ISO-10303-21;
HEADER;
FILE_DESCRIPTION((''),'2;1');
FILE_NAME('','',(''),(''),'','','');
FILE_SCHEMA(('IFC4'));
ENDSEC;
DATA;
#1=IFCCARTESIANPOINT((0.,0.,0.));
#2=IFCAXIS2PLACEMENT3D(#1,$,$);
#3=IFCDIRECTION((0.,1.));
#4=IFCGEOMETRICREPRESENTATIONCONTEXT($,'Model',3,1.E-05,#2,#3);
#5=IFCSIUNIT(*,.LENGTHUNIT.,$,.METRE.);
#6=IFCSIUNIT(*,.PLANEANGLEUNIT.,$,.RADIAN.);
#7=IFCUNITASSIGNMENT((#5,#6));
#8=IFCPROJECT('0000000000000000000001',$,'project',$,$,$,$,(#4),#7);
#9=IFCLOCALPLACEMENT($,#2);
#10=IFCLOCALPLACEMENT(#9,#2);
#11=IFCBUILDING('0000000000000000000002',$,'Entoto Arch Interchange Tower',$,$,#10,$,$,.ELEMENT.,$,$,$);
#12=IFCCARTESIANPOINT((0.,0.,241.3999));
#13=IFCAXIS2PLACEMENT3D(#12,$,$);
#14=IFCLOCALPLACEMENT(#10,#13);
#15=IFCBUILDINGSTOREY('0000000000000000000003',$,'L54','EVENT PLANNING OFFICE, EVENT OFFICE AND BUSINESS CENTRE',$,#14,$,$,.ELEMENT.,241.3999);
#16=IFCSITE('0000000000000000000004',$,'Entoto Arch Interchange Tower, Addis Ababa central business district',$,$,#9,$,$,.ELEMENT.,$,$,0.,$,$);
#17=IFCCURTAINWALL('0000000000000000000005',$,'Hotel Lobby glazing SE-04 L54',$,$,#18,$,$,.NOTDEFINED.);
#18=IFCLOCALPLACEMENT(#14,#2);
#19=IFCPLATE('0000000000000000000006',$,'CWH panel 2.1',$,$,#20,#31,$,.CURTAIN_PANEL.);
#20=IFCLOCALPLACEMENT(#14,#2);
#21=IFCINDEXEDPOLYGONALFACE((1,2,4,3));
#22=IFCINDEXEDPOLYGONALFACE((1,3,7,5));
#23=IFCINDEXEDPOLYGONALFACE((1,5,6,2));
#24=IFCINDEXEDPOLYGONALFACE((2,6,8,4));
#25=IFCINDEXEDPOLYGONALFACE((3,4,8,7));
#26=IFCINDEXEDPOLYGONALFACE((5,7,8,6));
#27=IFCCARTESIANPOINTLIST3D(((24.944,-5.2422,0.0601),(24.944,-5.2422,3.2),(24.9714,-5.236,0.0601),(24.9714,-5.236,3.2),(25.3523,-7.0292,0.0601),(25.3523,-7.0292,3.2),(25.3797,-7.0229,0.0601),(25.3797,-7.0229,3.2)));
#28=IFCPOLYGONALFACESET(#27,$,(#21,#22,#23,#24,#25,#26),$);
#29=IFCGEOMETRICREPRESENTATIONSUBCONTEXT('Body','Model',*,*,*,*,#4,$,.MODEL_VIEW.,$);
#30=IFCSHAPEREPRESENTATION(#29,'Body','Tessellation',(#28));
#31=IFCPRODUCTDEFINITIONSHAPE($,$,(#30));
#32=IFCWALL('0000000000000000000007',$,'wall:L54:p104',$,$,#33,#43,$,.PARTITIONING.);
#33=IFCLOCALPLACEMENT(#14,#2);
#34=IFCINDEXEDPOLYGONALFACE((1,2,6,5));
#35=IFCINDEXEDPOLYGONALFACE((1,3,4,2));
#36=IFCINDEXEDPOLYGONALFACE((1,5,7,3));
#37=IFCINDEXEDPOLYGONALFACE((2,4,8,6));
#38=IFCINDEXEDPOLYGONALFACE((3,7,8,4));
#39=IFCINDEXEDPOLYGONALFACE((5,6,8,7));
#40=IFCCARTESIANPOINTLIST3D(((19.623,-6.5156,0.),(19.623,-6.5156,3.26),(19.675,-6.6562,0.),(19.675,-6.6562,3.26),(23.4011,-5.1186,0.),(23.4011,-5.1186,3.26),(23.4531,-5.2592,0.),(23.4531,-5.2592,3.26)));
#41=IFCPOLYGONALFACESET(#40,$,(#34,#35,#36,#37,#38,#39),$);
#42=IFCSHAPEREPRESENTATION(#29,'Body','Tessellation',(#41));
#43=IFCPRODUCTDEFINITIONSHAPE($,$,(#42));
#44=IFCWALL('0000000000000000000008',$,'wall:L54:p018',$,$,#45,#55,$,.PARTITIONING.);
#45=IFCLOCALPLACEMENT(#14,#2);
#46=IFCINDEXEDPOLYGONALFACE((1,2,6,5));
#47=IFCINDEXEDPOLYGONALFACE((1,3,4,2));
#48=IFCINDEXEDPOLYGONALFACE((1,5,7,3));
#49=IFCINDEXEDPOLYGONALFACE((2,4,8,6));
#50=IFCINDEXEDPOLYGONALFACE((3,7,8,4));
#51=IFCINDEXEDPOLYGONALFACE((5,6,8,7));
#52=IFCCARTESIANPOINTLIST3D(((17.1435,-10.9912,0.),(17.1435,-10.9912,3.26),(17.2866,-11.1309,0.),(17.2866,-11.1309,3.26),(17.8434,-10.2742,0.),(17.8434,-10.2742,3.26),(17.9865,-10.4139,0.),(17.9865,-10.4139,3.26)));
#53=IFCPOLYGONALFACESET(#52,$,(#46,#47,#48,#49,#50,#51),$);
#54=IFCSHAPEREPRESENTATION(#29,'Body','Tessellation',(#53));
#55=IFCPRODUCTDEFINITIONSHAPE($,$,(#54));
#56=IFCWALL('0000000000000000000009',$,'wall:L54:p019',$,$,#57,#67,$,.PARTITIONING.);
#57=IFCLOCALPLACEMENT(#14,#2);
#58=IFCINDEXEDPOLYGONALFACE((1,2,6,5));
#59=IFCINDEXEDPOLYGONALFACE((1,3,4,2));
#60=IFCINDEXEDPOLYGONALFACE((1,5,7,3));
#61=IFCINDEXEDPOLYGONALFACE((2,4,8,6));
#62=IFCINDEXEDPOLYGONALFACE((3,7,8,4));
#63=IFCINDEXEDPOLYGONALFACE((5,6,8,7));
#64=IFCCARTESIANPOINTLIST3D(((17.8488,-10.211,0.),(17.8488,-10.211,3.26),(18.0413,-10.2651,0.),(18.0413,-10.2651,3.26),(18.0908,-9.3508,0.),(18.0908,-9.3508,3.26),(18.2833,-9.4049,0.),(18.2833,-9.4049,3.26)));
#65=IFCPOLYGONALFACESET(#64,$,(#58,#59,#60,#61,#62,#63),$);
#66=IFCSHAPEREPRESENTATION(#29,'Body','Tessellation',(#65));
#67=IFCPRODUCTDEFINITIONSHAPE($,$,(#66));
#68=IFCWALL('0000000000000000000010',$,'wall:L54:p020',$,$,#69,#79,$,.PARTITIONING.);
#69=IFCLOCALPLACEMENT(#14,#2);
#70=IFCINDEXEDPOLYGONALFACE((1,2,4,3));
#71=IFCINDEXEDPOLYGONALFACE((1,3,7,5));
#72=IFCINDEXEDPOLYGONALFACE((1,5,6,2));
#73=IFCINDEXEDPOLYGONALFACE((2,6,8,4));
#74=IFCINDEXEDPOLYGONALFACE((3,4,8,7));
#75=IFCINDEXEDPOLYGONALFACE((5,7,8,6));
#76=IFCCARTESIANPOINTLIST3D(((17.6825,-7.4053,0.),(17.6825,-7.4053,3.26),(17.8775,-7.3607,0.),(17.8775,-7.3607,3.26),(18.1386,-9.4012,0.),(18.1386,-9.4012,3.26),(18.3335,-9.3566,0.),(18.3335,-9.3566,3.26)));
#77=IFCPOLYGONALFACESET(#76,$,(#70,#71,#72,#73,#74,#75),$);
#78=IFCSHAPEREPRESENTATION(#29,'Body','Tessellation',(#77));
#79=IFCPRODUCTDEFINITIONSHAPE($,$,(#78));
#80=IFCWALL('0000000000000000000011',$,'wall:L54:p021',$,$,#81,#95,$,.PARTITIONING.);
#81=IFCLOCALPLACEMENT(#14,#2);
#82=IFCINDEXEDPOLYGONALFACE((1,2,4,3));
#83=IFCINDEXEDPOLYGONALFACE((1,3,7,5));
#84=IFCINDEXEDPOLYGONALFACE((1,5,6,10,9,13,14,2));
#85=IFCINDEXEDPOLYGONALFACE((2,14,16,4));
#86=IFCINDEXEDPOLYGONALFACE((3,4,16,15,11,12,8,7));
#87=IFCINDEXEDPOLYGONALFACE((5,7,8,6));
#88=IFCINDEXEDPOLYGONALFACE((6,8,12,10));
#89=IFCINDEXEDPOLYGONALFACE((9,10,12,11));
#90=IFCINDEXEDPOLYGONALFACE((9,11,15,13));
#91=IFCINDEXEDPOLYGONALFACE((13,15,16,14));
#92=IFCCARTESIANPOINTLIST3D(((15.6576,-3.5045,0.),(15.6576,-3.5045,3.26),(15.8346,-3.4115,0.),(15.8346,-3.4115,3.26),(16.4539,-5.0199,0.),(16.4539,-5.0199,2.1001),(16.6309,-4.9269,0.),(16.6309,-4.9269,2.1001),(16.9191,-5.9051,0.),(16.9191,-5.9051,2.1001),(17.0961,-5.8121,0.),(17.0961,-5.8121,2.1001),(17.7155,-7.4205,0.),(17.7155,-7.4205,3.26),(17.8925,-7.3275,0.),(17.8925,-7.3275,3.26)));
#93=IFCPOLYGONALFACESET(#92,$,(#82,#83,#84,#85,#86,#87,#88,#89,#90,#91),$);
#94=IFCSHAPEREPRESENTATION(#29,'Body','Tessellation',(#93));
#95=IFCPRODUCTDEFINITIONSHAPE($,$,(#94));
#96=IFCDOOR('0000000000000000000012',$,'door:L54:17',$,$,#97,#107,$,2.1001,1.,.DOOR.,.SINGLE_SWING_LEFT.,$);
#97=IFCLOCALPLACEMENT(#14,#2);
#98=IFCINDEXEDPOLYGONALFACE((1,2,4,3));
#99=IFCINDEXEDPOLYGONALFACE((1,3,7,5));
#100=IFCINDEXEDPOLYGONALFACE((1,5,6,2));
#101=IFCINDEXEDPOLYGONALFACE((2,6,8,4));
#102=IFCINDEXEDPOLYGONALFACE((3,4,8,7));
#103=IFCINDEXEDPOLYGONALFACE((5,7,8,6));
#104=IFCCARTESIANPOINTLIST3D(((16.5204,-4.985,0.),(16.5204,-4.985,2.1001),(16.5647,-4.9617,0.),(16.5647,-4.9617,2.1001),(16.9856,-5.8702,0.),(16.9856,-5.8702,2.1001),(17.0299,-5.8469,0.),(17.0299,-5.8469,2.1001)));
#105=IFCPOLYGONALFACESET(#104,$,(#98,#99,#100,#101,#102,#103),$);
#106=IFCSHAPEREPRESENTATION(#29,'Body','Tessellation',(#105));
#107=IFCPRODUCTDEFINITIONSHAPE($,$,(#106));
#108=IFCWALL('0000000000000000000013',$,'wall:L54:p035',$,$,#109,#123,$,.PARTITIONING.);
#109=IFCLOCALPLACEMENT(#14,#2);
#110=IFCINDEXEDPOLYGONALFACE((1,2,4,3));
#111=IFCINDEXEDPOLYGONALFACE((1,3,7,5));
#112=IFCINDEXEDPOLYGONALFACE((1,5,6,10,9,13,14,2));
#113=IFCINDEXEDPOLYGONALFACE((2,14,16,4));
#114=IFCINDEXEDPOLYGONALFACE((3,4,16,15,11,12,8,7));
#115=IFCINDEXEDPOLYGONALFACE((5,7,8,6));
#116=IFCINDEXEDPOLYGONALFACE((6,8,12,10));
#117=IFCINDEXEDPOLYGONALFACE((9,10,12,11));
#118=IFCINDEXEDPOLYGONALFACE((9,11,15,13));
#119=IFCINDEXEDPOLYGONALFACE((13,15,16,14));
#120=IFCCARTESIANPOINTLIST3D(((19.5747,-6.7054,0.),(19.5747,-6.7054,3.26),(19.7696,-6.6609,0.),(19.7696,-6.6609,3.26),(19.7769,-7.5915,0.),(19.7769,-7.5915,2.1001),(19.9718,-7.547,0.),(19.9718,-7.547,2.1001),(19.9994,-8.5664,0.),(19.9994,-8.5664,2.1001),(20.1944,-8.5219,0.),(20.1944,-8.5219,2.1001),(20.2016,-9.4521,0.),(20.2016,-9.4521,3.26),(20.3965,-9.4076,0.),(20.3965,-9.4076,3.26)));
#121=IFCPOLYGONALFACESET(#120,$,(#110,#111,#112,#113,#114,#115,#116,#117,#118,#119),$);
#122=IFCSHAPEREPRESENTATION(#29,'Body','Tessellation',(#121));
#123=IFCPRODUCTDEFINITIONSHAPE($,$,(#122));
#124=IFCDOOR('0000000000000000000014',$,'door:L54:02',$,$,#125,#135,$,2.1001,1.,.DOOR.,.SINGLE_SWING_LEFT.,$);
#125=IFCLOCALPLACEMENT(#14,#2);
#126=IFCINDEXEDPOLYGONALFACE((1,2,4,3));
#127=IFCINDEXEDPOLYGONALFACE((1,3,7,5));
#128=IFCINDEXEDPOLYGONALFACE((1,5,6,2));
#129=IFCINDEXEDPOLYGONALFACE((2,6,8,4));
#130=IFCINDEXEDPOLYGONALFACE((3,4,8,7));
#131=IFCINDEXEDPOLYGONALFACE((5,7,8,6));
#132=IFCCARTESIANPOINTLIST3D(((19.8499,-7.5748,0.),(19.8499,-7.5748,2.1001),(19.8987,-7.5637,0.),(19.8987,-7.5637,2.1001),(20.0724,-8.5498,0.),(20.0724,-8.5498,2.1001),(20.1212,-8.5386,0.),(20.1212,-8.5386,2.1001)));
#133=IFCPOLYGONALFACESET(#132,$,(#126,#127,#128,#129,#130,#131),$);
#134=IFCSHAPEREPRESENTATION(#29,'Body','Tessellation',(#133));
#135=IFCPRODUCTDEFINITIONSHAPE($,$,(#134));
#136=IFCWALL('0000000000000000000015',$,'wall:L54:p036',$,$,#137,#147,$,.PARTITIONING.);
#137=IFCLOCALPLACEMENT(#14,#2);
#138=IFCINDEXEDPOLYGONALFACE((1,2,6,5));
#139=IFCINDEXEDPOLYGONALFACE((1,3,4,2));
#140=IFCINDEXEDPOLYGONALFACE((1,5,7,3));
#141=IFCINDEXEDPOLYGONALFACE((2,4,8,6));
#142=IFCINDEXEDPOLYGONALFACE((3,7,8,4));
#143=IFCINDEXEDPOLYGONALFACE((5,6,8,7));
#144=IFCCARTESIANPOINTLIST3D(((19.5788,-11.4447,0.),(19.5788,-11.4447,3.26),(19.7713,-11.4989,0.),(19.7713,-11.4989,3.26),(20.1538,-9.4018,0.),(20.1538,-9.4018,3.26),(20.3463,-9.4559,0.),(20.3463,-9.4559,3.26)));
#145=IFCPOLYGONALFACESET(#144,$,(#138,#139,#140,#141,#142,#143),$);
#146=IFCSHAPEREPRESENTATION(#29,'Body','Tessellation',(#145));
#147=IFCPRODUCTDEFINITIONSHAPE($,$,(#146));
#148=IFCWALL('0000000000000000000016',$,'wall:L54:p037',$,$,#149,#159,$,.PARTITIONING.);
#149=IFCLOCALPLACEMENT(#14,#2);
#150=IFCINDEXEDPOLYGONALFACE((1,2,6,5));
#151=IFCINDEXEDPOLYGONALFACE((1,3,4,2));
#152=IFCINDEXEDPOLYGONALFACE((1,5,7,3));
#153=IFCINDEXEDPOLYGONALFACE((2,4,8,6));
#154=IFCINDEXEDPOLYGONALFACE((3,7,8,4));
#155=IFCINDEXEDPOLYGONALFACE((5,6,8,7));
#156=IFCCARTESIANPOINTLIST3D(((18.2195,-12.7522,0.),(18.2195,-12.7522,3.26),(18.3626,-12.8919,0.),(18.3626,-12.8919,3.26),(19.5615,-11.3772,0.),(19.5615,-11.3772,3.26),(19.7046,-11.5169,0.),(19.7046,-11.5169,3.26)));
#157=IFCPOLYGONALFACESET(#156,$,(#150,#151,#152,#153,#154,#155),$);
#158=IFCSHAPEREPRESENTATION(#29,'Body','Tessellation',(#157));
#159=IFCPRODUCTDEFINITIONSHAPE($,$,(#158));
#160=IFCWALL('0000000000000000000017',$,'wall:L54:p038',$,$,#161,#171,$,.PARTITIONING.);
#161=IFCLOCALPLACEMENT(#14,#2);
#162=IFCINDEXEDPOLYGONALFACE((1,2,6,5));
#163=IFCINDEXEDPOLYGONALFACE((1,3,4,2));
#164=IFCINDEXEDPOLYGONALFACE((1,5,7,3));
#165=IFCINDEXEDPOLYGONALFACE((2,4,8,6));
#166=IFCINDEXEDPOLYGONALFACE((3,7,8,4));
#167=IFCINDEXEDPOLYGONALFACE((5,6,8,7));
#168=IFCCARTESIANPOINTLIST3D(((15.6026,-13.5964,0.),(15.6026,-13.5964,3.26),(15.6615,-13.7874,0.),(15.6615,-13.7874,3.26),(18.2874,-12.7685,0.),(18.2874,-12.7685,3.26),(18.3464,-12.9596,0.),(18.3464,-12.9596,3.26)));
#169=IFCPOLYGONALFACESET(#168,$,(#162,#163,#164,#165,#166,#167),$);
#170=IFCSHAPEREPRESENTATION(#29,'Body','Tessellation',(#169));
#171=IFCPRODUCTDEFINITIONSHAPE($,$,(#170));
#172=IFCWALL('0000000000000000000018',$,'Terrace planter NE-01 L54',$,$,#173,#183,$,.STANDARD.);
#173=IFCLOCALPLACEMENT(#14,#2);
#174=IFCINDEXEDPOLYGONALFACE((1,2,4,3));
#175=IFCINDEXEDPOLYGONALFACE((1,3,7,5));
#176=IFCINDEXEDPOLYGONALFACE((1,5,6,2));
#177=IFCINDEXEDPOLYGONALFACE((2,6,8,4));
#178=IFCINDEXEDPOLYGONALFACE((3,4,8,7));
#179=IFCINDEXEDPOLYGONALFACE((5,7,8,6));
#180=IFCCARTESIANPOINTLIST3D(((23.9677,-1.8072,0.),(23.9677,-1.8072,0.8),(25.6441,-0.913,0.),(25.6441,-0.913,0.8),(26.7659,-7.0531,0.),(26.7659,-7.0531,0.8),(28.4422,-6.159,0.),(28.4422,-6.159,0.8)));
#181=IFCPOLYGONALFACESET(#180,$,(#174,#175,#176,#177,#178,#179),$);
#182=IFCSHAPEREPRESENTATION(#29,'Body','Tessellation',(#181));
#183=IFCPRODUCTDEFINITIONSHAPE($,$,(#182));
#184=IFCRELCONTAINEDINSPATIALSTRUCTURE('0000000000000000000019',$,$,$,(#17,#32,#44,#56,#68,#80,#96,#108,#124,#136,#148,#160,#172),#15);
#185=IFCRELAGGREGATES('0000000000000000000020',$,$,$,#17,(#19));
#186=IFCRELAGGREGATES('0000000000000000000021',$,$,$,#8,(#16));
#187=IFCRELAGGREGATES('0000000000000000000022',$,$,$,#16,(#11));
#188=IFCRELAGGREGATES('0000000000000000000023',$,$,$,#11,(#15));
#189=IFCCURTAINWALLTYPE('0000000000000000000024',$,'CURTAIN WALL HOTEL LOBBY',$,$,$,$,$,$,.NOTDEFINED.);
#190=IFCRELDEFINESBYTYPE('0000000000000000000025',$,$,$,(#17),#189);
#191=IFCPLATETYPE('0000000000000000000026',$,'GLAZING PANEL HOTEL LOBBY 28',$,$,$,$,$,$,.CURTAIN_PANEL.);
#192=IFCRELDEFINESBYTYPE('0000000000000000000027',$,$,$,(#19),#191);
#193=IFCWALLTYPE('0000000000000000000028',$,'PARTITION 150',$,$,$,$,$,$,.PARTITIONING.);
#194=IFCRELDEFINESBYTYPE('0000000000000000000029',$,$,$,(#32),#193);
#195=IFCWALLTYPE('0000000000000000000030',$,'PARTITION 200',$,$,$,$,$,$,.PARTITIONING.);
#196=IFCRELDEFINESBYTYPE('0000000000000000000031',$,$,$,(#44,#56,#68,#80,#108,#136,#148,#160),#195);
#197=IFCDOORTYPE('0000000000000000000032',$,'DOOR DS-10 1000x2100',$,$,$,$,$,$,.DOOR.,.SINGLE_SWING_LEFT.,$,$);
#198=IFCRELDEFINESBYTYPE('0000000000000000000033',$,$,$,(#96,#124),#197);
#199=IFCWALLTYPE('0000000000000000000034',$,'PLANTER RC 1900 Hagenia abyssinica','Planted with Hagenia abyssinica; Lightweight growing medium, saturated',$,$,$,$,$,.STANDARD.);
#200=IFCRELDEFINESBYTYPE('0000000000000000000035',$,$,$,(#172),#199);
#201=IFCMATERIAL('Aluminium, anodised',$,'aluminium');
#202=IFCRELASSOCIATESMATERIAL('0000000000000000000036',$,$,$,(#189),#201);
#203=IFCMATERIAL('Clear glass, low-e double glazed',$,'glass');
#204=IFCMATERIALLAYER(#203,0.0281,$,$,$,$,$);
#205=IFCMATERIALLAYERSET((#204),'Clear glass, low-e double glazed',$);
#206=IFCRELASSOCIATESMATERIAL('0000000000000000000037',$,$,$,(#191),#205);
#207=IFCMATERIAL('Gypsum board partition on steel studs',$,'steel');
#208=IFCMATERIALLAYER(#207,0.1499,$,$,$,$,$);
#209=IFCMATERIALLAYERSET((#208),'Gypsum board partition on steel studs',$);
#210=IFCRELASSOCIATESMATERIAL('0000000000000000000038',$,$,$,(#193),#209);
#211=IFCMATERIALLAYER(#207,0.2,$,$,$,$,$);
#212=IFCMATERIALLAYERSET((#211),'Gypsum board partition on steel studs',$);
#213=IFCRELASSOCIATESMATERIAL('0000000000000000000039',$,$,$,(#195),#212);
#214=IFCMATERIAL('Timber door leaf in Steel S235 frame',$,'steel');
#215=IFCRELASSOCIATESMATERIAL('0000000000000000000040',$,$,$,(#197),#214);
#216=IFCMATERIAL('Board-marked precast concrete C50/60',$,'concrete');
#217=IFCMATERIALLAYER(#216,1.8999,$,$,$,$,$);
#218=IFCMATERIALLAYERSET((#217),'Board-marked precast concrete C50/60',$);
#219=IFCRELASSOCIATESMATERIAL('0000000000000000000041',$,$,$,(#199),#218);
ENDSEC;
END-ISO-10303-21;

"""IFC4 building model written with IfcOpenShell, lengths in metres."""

from ifc_helpers import new_model, si_unit, direction, frame, frame_2d, origin, origin_2d, place, context, subcontext, project, spatial, rectangle, extrude, material, layer, layer_set, type_object, element, fill, aggregate, save


model = new_model("IFC4")

# Units and contexts
model_context = context("Model", 3, precision=1e-05, world=origin(), true_north=direction((0.0, 1.0)))
body_context = subcontext(model_context, "Body", "Model", "MODEL_VIEW")
ifc_project = project(units=[si_unit("LENGTHUNIT", "METRE"), si_unit("PLANEANGLEUNIT", "RADIAN")], contexts=[model_context])

# Site, building, storey
site_placement = place(None, origin())
site = spatial("IfcSite", under=ifc_project, at=site_placement, Name="Entoto Arch Interchange Tower, Addis Ababa central business district", CompositionType="ELEMENT", RefElevation=0.0)
building_placement = place(site_placement, origin())
building = spatial("IfcBuilding", under=site, at=building_placement, Name="Entoto Arch Interchange Tower", CompositionType="ELEMENT")
storey_placement = place(building_placement, frame((0.0, 0.0, 241.3999)))
storey = spatial("IfcBuildingStorey", under=building, at=storey_placement, Name="L54", Description="EVENT PLANNING OFFICE, EVENT OFFICE AND BUSINESS CENTRE", CompositionType="ELEMENT", Elevation=241.3999)

# Curtain wall
ifc_material_1 = material(Name="Aluminium, anodised", Category="aluminium")
curtain_wall_type = type_object("IfcCurtainWallType", Name="CURTAIN WALL HOTEL LOBBY", PredefinedType="NOTDEFINED", material=ifc_material_1)
curtain_wall_1_placement = place(storey_placement, origin())
curtain_wall_1 = element("IfcCurtainWall", 1, at=curtain_wall_1_placement, inside=storey, type_object=curtain_wall_type, Name="Hotel Lobby glazing SE-04 L54", PredefinedType="NOTDEFINED")

# Plate
ifc_material_2 = material(Name="Clear glass, low-e double glazed", Category="glass")
ifc_layer_1 = layer(ifc_material_2, 0.0281)
ifc_layer_set_1 = layer_set([ifc_layer_1], Name="Clear glass, low-e double glazed")
plate_type = type_object("IfcPlateType", Name="GLAZING PANEL HOTEL LOBBY 28", PredefinedType="CURTAIN_PANEL", material=ifc_layer_set_1)
plate_1_placement = place(storey_placement, frame((25.1619, -6.1326, 0.0601), z_axis=(0.0, 0.0, 1.0), x_axis=(-0.222727, 0.974881, 0.0)))
plate_1 = element("IfcPlate", 2, at=plate_1_placement, type_object=plate_type, Name="CWH panel 2.1", PredefinedType="CURTAIN_PANEL", context=body_context, shape_type="SweptSolid", body=[
    extrude(rectangle(XDim=1.833, YDim=0.0281, at=origin_2d()), origin(), (0.0, 0.0, 1.0), 3.1399),
])
aggregate(curtain_wall_1, [plate_1])

# Walls
ifc_material_3 = material(Name="Gypsum board partition on steel studs", Category="steel")
ifc_layer_2 = layer(ifc_material_3, 0.1499)
ifc_layer_set_2 = layer_set([ifc_layer_2], Name="Gypsum board partition on steel studs")
wall_type_1 = type_object("IfcWallType", Name="PARTITION 150", PredefinedType="PARTITIONING", material=ifc_layer_set_2)
wall_1_placement = place(storey_placement, frame((19.6489, -6.5859, 0.0), z_axis=(0.0, 0.0, 1.0), x_axis=(0.937936, 0.346809, 0.0)))
element("IfcWall", 3, at=wall_1_placement, inside=storey, type_object=wall_type_1, Name="wall:L54:p104", PredefinedType="PARTITIONING", context=body_context, shape_type="SweptSolid", body=[
    extrude(rectangle(XDim=4.0281, YDim=0.1499, at=frame_2d((2.0142, 0.0))), origin(), (0.0, 0.0, 1.0), 3.26),
])
ifc_layer_3 = layer(ifc_material_3, 0.2)
ifc_layer_set_3 = layer_set([ifc_layer_3], Name="Gypsum board partition on steel studs")
wall_type_2 = type_object("IfcWallType", Name="PARTITION 200", PredefinedType="PARTITIONING", material=ifc_layer_set_3)
wall_2_placement = place(storey_placement, frame((17.2151, -11.061, 0.0), z_axis=(0.0, 0.0, 1.0), x_axis=(0.698528, 0.715583, 0.0)))
element("IfcWall", 4, at=wall_2_placement, inside=storey, type_object=wall_type_2, Name="wall:L54:p018", PredefinedType="PARTITIONING", context=body_context, shape_type="SweptSolid", body=[
    extrude(rectangle(XDim=1.002, YDim=0.2, at=frame_2d((0.501, 0.0))), origin(), (0.0, 0.0, 1.0), 3.26),
])
wall_3_placement = place(storey_placement, frame((17.9451, -10.238, 0.0), z_axis=(0.0, 0.0, 1.0), x_axis=(0.270785, 0.96264, 0.0)))
element("IfcWall", 5, at=wall_3_placement, inside=storey, type_object=wall_type_2, Name="wall:L54:p019", PredefinedType="PARTITIONING", context=body_context, shape_type="SweptSolid", body=[
    extrude(rectangle(XDim=0.8936, YDim=0.2, at=frame_2d((0.4468, 0.0))), origin(), (0.0, 0.0, 1.0), 3.26),
])
wall_4_placement = place(storey_placement, frame((18.2361, -9.3789, 0.0), z_axis=(0.0, 0.0, 1.0), x_axis=(-0.22276, 0.974873, 0.0)))
element("IfcWall", 6, at=wall_4_placement, inside=storey, type_object=wall_type_2, Name="wall:L54:p020", PredefinedType="PARTITIONING", context=body_context, shape_type="SweptSolid", body=[
    extrude(rectangle(XDim=2.0474, YDim=0.2, at=frame_2d((1.0237, 0.0))), origin(), (0.0, 0.0, 1.0), 3.26),
])

# Walls, openings, doors
wall_5_placement = place(storey_placement, frame((17.804, -7.374, 0.0), z_axis=(0.0, 0.0, 1.0), x_axis=(-0.46518, 0.885216, 0.0)))
wall_5 = element("IfcWall", 7, at=wall_5_placement, inside=storey, type_object=wall_type_2, Name="wall:L54:p021", PredefinedType="PARTITIONING", context=body_context, shape_type="SweptSolid", body=[
    extrude(rectangle(XDim=4.4238, YDim=0.2, at=frame_2d((2.2119, 0.0))), origin(), (0.0, 0.0, 1.0), 3.26),
])
opening_1_placement = place(wall_5_placement, frame((1.7119, 0.0, 0.0)))
opening_1 = element("IfcOpeningElement", 8, at=opening_1_placement, cuts=wall_5, PredefinedType="OPENING", context=body_context, shape_type="SweptSolid", body=[
    extrude(rectangle(XDim=1.0, YDim=2.1001, at=frame_2d((0.5, 1.05))), frame((0.0, 0.1099, 0.0), z_axis=(0.0, -1.0, 0.0), x_axis=(1.0, 0.0, 0.0)), (0.0, 0.0, 1.0), 0.22),
])
ifc_material_4 = material(Name="Timber door leaf in Steel S235 frame", Category="steel")
door_type = type_object("IfcDoorType", Name="DOOR DS-10 1000x2100", OperationType="SINGLE_SWING_LEFT", PredefinedType="DOOR", material=ifc_material_4)
door_1_placement = place(opening_1_placement, origin())
door_1 = element("IfcDoor", 9, at=door_1_placement, inside=storey, type_object=door_type, Name="door:L54:17", OperationType="SINGLE_SWING_LEFT", OverallHeight=2.1001, OverallWidth=1.0, PredefinedType="DOOR", context=body_context, shape_type="SweptSolid", body=[
    extrude(rectangle(XDim=1.0, YDim=2.1001, at=frame_2d((0.5, 1.05))), frame((0.0, 0.0249, 0.0), z_axis=(0.0, -1.0, 0.0), x_axis=(1.0, 0.0, 0.0)), (0.0, 0.0, 1.0), 0.05),
])
fill(opening_1, door_1)
wall_6_placement = place(storey_placement, frame((19.6721, -6.6831, 0.0), z_axis=(0.0, 0.0, 1.0), x_axis=(0.222524, -0.974927, 0.0)))
wall_6 = element("IfcWall", 10, at=wall_6_placement, inside=storey, type_object=wall_type_2, Name="wall:L54:p035", PredefinedType="PARTITIONING", context=body_context, shape_type="SweptSolid", body=[
    extrude(rectangle(XDim=2.8174, YDim=0.2, at=frame_2d((1.4087, 0.0))), origin(), (0.0, 0.0, 1.0), 3.26),
])
opening_2_placement = place(wall_6_placement, frame((0.9089, 0.0, 0.0)))
opening_2 = element("IfcOpeningElement", 11, at=opening_2_placement, cuts=wall_6, PredefinedType="OPENING", context=body_context, shape_type="SweptSolid", body=[
    extrude(rectangle(XDim=1.0, YDim=2.1001, at=frame_2d((0.5, 1.05))), frame((0.0, 0.1099, 0.0), z_axis=(0.0, -1.0, 0.0), x_axis=(1.0, 0.0, 0.0)), (0.0, 0.0, 1.0), 0.22),
])
door_2_placement = place(opening_2_placement, origin())
door_2 = element("IfcDoor", 12, at=door_2_placement, inside=storey, type_object=door_type, Name="door:L54:02", OperationType="SINGLE_SWING_LEFT", OverallHeight=2.1001, OverallWidth=1.0, PredefinedType="DOOR", context=body_context, shape_type="SweptSolid", body=[
    extrude(rectangle(XDim=1.0, YDim=2.1001, at=frame_2d((0.5, 1.05))), frame((0.0, 0.0249, 0.0), z_axis=(0.0, -1.0, 0.0), x_axis=(1.0, 0.0, 0.0)), (0.0, 0.0, 1.0), 0.05),
])
fill(opening_2, door_2)

# Walls
wall_7_placement = place(storey_placement, frame((20.25, -9.429, 0.0), z_axis=(0.0, 0.0, 1.0), x_axis=(-0.270905, -0.962606, 0.0)))
element("IfcWall", 13, at=wall_7_placement, inside=storey, type_object=wall_type_2, Name="wall:L54:p036", PredefinedType="PARTITIONING", context=body_context, shape_type="SweptSolid", body=[
    extrude(rectangle(XDim=2.1223, YDim=0.2, at=frame_2d((1.061, 0.0))), origin(), (0.0, 0.0, 1.0), 3.26),
])
wall_8_placement = place(storey_placement, frame((19.6331, -11.447, 0.0), z_axis=(0.0, 0.0, 1.0), x_axis=(-0.698478, -0.715632, 0.0)))
element("IfcWall", 14, at=wall_8_placement, inside=storey, type_object=wall_type_2, Name="wall:L54:p037", PredefinedType="PARTITIONING", context=body_context, shape_type="SweptSolid", body=[
    extrude(rectangle(XDim=1.9214, YDim=0.2, at=frame_2d((0.9607, 0.0))), origin(), (0.0, 0.0, 1.0), 3.26),
])
wall_9_placement = place(storey_placement, frame((18.3169, -12.864, 0.0), z_axis=(0.0, 0.0, 1.0), x_axis=(-0.9556, -0.294666, 0.0)))
element("IfcWall", 15, at=wall_9_placement, inside=storey, type_object=wall_type_2, Name="wall:L54:p038", PredefinedType="PARTITIONING", context=body_context, shape_type="SweptSolid", body=[
    extrude(rectangle(XDim=2.8096, YDim=0.2, at=frame_2d((1.4048, 0.0))), origin(), (0.0, 0.0, 1.0), 3.26),
])
ifc_material_5 = material(Name="Board-marked precast concrete C50/60", Category="concrete")
ifc_layer_4 = layer(ifc_material_5, 1.8999)
ifc_layer_set_4 = layer_set([ifc_layer_4], Name="Board-marked precast concrete C50/60")
wall_type_3 = type_object("IfcWallType", Name="PLANTER RC 1900 Hagenia abyssinica", Description="Planted with Hagenia abyssinica; Lightweight growing medium, saturated", PredefinedType="STANDARD", material=ifc_layer_set_4)
wall_10_placement = place(storey_placement, frame((27.604, -6.606, 0.0), z_axis=(0.0, 0.0, 1.0), x_axis=(-0.470629, 0.882331, 0.0)))
element("IfcWall", 16, at=wall_10_placement, inside=storey, type_object=wall_type_3, Name="Terrace planter NE-01 L54", PredefinedType="STANDARD", context=body_context, shape_type="SweptSolid", body=[
    extrude(rectangle(XDim=5.9456, YDim=1.8999, at=frame_2d((2.9727, 0.0))), origin(), (0.0, 0.0, 1.0), 0.8),
])

save(model, "model.ifc")
